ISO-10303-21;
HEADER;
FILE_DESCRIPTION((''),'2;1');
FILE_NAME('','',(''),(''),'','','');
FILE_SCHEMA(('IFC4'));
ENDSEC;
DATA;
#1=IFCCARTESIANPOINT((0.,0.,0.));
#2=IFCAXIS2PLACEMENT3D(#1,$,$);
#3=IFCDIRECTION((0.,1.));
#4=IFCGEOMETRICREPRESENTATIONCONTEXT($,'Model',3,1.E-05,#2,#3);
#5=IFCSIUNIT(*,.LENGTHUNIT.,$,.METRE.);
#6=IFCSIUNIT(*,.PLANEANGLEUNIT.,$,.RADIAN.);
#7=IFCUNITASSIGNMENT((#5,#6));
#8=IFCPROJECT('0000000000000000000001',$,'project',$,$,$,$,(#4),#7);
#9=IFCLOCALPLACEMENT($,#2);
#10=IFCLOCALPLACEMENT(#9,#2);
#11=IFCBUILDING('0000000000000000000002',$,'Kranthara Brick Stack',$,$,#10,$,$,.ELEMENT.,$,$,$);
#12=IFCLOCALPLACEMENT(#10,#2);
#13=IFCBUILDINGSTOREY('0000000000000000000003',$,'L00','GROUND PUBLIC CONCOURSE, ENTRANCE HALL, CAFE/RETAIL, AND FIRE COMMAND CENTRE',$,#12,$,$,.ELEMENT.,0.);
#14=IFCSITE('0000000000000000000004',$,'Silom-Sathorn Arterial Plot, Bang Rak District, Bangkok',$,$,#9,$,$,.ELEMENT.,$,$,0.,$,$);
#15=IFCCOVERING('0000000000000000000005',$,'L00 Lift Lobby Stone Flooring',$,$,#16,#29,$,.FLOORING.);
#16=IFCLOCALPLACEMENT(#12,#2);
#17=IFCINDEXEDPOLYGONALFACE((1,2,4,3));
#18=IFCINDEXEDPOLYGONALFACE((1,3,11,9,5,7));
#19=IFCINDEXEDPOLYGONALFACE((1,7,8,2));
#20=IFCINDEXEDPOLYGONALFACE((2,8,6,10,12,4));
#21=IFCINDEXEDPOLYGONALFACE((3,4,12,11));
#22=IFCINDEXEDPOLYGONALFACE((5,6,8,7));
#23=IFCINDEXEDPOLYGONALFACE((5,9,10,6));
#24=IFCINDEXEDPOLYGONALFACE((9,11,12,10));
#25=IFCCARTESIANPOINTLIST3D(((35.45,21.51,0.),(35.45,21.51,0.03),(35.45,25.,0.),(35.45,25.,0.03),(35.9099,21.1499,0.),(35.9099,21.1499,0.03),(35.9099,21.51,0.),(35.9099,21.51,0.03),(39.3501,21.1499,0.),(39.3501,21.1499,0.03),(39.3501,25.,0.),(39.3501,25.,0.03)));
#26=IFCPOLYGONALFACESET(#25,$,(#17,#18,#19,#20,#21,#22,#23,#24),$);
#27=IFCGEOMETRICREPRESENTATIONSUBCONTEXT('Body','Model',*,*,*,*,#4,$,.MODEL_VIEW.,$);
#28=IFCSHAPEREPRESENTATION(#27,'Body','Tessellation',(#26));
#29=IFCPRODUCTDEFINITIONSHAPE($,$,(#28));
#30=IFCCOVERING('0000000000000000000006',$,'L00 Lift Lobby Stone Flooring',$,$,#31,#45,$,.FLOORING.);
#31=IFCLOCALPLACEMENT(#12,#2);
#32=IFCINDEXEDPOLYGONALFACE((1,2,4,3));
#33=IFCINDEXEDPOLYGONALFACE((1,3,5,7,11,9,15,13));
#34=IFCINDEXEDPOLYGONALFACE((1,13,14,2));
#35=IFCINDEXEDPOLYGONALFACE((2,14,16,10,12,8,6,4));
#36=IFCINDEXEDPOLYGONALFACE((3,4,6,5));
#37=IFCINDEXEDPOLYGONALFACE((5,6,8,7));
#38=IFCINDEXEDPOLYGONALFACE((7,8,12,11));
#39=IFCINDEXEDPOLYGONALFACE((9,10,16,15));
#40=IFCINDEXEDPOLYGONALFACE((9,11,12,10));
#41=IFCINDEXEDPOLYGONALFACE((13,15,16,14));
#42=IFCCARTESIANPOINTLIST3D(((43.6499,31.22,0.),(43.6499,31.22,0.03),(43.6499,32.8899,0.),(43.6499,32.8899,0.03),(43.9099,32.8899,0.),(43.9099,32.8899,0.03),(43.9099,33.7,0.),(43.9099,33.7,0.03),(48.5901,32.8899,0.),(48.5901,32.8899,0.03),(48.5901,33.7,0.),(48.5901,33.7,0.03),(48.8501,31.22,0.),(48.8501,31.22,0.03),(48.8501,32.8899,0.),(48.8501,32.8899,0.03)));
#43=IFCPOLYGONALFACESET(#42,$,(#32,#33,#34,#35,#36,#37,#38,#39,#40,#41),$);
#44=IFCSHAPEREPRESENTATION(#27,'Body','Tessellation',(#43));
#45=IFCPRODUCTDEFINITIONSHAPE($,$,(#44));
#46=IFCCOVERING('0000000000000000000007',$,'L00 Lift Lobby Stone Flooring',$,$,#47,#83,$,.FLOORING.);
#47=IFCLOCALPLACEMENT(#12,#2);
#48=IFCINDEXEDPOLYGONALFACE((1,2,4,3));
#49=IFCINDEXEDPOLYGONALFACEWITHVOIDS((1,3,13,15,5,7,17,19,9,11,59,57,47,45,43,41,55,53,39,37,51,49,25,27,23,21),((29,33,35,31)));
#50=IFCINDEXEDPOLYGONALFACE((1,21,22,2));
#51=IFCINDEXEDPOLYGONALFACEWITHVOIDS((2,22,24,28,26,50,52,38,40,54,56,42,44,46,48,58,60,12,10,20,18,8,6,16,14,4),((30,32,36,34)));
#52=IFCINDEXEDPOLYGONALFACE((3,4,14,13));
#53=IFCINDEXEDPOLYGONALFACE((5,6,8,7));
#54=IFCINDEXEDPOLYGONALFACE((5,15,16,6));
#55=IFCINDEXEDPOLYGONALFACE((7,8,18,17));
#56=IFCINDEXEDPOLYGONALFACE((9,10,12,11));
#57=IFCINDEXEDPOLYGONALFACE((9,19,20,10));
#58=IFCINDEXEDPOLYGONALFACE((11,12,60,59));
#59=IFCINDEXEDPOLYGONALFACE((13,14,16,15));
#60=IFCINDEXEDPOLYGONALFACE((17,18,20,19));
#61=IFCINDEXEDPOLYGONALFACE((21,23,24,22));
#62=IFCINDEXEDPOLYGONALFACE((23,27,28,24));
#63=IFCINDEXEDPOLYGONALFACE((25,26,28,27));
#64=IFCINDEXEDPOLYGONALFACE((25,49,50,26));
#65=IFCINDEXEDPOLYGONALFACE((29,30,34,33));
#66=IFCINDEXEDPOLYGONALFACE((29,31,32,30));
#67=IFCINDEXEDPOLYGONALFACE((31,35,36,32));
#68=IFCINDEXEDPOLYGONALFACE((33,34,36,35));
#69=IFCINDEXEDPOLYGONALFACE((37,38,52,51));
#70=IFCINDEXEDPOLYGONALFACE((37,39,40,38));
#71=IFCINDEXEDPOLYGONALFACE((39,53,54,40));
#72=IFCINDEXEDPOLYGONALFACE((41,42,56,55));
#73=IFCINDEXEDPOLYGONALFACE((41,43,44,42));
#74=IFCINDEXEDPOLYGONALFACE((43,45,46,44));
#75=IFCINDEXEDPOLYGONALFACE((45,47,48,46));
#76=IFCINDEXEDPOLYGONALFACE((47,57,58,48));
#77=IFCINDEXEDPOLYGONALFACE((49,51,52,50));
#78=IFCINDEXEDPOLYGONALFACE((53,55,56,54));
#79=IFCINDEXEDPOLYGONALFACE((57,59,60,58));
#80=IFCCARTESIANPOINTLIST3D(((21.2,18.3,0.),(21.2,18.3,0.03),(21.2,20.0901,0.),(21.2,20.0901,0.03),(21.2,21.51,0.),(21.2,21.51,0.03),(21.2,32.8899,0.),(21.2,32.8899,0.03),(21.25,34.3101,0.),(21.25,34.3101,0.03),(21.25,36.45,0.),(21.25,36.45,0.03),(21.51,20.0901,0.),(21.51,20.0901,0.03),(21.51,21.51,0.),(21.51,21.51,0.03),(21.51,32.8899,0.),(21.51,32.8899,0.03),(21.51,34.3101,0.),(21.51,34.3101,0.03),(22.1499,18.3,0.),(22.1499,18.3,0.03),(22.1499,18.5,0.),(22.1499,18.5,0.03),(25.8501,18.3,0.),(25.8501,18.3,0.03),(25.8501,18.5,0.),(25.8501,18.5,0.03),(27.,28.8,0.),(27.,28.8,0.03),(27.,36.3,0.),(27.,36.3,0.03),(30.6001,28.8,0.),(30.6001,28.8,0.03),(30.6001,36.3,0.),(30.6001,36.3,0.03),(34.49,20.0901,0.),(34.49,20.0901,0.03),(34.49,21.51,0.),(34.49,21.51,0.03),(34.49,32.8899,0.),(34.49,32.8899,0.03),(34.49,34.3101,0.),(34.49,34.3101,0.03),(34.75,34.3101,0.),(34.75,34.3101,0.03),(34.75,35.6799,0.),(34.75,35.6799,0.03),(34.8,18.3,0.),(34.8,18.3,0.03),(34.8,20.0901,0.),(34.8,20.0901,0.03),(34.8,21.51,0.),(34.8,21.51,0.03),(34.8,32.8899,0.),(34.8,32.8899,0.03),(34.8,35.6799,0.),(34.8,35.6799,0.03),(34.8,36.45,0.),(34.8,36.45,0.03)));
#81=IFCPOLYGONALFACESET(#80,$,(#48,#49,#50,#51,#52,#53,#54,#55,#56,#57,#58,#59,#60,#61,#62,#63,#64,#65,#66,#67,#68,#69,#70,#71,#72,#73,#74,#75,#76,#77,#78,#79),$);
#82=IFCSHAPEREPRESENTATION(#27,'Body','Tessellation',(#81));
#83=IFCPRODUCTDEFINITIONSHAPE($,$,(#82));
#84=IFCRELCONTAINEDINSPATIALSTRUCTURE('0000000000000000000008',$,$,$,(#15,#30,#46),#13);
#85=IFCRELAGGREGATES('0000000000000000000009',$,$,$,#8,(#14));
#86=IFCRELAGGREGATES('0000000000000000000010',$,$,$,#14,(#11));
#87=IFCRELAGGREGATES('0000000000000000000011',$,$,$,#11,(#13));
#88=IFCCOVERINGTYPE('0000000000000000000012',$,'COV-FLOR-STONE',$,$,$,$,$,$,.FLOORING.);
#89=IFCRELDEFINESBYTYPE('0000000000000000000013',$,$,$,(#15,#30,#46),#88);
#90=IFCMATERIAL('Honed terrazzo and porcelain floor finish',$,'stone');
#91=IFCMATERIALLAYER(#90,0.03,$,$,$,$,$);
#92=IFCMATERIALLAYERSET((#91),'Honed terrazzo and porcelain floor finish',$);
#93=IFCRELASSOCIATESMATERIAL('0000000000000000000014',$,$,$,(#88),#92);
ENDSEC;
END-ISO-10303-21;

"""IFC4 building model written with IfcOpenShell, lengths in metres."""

from ifc_helpers import new_model, si_unit, direction, origin, place, context, subcontext, project, spatial, polyline, outline, extrude, material, layer, layer_set, type_object, element, save


model = new_model("IFC4")

# Units and contexts
model_context = context("Model", 3, precision=1e-05, world=origin(), true_north=direction((0.0, 1.0)))
body_context = subcontext(model_context, "Body", "Model", "MODEL_VIEW")
ifc_project = project(units=[si_unit("LENGTHUNIT", "METRE"), si_unit("PLANEANGLEUNIT", "RADIAN")], contexts=[model_context])

# Site, building, storey
site_placement = place(None, origin())
site = spatial("IfcSite", under=ifc_project, at=site_placement, Name="Silom-Sathorn Arterial Plot, Bang Rak District, Bangkok", CompositionType="ELEMENT", RefElevation=0.0)
building_placement = place(site_placement, origin())
building = spatial("IfcBuilding", under=site, at=building_placement, Name="Kranthara Brick Stack", CompositionType="ELEMENT")
storey_placement = place(building_placement, origin())
storey = spatial("IfcBuildingStorey", under=building, at=storey_placement, Name="L00", Description="GROUND PUBLIC CONCOURSE, ENTRANCE HALL, CAFE/RETAIL, AND FIRE COMMAND CENTRE", CompositionType="ELEMENT", Elevation=0.0)

# Coverings
ifc_material_1 = material(Name="Honed terrazzo and porcelain floor finish", Category="stone")
ifc_layer_1 = layer(ifc_material_1, 0.03)
ifc_layer_set_1 = layer_set([ifc_layer_1], Name="Honed terrazzo and porcelain floor finish")
covering_type_1 = type_object("IfcCoveringType", Name="COV-FLOR-STONE", PredefinedType="FLOORING", material=ifc_layer_set_1)
covering_1_placement = place(storey_placement, origin())
element("IfcCovering", 1, at=covering_1_placement, inside=storey, type_object=covering_type_1, Name="L00 Lift Lobby Stone Flooring", PredefinedType="FLOORING", context=body_context, shape_type="SweptSolid", body=[
    extrude(outline(polyline([(35.45, 25.0), (39.3501, 25.0), (39.3501, 21.1499), (35.9099, 21.1499), (35.9099, 21.51), (35.45, 21.51), (35.45, 25.0)])), origin(), (0.0, 0.0, 1.0), 0.03),
])
covering_2_placement = place(storey_placement, origin())
element("IfcCovering", 2, at=covering_2_placement, inside=storey, type_object=covering_type_1, Name="L00 Lift Lobby Stone Flooring", PredefinedType="FLOORING", context=body_context, shape_type="SweptSolid", body=[
    extrude(outline(polyline([(43.6499, 31.22), (43.6499, 32.8899), (43.9099, 32.8899), (43.9099, 33.7), (48.5901, 33.7), (48.5901, 32.8899), (48.8501, 32.8899), (48.8501, 31.22), (43.6499, 31.22)])), origin(), (0.0, 0.0, 1.0), 0.03),
])
covering_3_placement = place(storey_placement, origin())
element("IfcCovering", 3, at=covering_3_placement, inside=storey, type_object=covering_type_1, Name="L00 Lift Lobby Stone Flooring", PredefinedType="FLOORING", context=body_context, shape_type="SweptSolid", body=[
    extrude(outline(polyline([(34.8, 18.3), (25.8501, 18.3), (25.8501, 18.5), (22.1499, 18.5), (22.1499, 18.3), (21.2, 18.3), (21.2, 20.0901), (21.51, 20.0901), (21.51, 21.51), (21.2, 21.51), (21.2, 32.8899), (21.51, 32.8899), (21.51, 34.3101), (21.25, 34.3101), (21.25, 36.45), (34.8, 36.45), (34.8, 35.6799), (34.75, 35.6799), (34.75, 34.3101), (34.49, 34.3101), (34.49, 32.8899), (34.8, 32.8899), (34.8, 21.51), (34.49, 21.51), (34.49, 20.0901), (34.8, 20.0901), (34.8, 18.3)]), holes=[polyline([(27.0, 36.3), (27.0, 28.8), (30.6001, 28.8), (30.6001, 36.3), (27.0, 36.3)])]), origin(), (0.0, 0.0, 1.0), 0.03),
])

save(model, "model.ifc")
